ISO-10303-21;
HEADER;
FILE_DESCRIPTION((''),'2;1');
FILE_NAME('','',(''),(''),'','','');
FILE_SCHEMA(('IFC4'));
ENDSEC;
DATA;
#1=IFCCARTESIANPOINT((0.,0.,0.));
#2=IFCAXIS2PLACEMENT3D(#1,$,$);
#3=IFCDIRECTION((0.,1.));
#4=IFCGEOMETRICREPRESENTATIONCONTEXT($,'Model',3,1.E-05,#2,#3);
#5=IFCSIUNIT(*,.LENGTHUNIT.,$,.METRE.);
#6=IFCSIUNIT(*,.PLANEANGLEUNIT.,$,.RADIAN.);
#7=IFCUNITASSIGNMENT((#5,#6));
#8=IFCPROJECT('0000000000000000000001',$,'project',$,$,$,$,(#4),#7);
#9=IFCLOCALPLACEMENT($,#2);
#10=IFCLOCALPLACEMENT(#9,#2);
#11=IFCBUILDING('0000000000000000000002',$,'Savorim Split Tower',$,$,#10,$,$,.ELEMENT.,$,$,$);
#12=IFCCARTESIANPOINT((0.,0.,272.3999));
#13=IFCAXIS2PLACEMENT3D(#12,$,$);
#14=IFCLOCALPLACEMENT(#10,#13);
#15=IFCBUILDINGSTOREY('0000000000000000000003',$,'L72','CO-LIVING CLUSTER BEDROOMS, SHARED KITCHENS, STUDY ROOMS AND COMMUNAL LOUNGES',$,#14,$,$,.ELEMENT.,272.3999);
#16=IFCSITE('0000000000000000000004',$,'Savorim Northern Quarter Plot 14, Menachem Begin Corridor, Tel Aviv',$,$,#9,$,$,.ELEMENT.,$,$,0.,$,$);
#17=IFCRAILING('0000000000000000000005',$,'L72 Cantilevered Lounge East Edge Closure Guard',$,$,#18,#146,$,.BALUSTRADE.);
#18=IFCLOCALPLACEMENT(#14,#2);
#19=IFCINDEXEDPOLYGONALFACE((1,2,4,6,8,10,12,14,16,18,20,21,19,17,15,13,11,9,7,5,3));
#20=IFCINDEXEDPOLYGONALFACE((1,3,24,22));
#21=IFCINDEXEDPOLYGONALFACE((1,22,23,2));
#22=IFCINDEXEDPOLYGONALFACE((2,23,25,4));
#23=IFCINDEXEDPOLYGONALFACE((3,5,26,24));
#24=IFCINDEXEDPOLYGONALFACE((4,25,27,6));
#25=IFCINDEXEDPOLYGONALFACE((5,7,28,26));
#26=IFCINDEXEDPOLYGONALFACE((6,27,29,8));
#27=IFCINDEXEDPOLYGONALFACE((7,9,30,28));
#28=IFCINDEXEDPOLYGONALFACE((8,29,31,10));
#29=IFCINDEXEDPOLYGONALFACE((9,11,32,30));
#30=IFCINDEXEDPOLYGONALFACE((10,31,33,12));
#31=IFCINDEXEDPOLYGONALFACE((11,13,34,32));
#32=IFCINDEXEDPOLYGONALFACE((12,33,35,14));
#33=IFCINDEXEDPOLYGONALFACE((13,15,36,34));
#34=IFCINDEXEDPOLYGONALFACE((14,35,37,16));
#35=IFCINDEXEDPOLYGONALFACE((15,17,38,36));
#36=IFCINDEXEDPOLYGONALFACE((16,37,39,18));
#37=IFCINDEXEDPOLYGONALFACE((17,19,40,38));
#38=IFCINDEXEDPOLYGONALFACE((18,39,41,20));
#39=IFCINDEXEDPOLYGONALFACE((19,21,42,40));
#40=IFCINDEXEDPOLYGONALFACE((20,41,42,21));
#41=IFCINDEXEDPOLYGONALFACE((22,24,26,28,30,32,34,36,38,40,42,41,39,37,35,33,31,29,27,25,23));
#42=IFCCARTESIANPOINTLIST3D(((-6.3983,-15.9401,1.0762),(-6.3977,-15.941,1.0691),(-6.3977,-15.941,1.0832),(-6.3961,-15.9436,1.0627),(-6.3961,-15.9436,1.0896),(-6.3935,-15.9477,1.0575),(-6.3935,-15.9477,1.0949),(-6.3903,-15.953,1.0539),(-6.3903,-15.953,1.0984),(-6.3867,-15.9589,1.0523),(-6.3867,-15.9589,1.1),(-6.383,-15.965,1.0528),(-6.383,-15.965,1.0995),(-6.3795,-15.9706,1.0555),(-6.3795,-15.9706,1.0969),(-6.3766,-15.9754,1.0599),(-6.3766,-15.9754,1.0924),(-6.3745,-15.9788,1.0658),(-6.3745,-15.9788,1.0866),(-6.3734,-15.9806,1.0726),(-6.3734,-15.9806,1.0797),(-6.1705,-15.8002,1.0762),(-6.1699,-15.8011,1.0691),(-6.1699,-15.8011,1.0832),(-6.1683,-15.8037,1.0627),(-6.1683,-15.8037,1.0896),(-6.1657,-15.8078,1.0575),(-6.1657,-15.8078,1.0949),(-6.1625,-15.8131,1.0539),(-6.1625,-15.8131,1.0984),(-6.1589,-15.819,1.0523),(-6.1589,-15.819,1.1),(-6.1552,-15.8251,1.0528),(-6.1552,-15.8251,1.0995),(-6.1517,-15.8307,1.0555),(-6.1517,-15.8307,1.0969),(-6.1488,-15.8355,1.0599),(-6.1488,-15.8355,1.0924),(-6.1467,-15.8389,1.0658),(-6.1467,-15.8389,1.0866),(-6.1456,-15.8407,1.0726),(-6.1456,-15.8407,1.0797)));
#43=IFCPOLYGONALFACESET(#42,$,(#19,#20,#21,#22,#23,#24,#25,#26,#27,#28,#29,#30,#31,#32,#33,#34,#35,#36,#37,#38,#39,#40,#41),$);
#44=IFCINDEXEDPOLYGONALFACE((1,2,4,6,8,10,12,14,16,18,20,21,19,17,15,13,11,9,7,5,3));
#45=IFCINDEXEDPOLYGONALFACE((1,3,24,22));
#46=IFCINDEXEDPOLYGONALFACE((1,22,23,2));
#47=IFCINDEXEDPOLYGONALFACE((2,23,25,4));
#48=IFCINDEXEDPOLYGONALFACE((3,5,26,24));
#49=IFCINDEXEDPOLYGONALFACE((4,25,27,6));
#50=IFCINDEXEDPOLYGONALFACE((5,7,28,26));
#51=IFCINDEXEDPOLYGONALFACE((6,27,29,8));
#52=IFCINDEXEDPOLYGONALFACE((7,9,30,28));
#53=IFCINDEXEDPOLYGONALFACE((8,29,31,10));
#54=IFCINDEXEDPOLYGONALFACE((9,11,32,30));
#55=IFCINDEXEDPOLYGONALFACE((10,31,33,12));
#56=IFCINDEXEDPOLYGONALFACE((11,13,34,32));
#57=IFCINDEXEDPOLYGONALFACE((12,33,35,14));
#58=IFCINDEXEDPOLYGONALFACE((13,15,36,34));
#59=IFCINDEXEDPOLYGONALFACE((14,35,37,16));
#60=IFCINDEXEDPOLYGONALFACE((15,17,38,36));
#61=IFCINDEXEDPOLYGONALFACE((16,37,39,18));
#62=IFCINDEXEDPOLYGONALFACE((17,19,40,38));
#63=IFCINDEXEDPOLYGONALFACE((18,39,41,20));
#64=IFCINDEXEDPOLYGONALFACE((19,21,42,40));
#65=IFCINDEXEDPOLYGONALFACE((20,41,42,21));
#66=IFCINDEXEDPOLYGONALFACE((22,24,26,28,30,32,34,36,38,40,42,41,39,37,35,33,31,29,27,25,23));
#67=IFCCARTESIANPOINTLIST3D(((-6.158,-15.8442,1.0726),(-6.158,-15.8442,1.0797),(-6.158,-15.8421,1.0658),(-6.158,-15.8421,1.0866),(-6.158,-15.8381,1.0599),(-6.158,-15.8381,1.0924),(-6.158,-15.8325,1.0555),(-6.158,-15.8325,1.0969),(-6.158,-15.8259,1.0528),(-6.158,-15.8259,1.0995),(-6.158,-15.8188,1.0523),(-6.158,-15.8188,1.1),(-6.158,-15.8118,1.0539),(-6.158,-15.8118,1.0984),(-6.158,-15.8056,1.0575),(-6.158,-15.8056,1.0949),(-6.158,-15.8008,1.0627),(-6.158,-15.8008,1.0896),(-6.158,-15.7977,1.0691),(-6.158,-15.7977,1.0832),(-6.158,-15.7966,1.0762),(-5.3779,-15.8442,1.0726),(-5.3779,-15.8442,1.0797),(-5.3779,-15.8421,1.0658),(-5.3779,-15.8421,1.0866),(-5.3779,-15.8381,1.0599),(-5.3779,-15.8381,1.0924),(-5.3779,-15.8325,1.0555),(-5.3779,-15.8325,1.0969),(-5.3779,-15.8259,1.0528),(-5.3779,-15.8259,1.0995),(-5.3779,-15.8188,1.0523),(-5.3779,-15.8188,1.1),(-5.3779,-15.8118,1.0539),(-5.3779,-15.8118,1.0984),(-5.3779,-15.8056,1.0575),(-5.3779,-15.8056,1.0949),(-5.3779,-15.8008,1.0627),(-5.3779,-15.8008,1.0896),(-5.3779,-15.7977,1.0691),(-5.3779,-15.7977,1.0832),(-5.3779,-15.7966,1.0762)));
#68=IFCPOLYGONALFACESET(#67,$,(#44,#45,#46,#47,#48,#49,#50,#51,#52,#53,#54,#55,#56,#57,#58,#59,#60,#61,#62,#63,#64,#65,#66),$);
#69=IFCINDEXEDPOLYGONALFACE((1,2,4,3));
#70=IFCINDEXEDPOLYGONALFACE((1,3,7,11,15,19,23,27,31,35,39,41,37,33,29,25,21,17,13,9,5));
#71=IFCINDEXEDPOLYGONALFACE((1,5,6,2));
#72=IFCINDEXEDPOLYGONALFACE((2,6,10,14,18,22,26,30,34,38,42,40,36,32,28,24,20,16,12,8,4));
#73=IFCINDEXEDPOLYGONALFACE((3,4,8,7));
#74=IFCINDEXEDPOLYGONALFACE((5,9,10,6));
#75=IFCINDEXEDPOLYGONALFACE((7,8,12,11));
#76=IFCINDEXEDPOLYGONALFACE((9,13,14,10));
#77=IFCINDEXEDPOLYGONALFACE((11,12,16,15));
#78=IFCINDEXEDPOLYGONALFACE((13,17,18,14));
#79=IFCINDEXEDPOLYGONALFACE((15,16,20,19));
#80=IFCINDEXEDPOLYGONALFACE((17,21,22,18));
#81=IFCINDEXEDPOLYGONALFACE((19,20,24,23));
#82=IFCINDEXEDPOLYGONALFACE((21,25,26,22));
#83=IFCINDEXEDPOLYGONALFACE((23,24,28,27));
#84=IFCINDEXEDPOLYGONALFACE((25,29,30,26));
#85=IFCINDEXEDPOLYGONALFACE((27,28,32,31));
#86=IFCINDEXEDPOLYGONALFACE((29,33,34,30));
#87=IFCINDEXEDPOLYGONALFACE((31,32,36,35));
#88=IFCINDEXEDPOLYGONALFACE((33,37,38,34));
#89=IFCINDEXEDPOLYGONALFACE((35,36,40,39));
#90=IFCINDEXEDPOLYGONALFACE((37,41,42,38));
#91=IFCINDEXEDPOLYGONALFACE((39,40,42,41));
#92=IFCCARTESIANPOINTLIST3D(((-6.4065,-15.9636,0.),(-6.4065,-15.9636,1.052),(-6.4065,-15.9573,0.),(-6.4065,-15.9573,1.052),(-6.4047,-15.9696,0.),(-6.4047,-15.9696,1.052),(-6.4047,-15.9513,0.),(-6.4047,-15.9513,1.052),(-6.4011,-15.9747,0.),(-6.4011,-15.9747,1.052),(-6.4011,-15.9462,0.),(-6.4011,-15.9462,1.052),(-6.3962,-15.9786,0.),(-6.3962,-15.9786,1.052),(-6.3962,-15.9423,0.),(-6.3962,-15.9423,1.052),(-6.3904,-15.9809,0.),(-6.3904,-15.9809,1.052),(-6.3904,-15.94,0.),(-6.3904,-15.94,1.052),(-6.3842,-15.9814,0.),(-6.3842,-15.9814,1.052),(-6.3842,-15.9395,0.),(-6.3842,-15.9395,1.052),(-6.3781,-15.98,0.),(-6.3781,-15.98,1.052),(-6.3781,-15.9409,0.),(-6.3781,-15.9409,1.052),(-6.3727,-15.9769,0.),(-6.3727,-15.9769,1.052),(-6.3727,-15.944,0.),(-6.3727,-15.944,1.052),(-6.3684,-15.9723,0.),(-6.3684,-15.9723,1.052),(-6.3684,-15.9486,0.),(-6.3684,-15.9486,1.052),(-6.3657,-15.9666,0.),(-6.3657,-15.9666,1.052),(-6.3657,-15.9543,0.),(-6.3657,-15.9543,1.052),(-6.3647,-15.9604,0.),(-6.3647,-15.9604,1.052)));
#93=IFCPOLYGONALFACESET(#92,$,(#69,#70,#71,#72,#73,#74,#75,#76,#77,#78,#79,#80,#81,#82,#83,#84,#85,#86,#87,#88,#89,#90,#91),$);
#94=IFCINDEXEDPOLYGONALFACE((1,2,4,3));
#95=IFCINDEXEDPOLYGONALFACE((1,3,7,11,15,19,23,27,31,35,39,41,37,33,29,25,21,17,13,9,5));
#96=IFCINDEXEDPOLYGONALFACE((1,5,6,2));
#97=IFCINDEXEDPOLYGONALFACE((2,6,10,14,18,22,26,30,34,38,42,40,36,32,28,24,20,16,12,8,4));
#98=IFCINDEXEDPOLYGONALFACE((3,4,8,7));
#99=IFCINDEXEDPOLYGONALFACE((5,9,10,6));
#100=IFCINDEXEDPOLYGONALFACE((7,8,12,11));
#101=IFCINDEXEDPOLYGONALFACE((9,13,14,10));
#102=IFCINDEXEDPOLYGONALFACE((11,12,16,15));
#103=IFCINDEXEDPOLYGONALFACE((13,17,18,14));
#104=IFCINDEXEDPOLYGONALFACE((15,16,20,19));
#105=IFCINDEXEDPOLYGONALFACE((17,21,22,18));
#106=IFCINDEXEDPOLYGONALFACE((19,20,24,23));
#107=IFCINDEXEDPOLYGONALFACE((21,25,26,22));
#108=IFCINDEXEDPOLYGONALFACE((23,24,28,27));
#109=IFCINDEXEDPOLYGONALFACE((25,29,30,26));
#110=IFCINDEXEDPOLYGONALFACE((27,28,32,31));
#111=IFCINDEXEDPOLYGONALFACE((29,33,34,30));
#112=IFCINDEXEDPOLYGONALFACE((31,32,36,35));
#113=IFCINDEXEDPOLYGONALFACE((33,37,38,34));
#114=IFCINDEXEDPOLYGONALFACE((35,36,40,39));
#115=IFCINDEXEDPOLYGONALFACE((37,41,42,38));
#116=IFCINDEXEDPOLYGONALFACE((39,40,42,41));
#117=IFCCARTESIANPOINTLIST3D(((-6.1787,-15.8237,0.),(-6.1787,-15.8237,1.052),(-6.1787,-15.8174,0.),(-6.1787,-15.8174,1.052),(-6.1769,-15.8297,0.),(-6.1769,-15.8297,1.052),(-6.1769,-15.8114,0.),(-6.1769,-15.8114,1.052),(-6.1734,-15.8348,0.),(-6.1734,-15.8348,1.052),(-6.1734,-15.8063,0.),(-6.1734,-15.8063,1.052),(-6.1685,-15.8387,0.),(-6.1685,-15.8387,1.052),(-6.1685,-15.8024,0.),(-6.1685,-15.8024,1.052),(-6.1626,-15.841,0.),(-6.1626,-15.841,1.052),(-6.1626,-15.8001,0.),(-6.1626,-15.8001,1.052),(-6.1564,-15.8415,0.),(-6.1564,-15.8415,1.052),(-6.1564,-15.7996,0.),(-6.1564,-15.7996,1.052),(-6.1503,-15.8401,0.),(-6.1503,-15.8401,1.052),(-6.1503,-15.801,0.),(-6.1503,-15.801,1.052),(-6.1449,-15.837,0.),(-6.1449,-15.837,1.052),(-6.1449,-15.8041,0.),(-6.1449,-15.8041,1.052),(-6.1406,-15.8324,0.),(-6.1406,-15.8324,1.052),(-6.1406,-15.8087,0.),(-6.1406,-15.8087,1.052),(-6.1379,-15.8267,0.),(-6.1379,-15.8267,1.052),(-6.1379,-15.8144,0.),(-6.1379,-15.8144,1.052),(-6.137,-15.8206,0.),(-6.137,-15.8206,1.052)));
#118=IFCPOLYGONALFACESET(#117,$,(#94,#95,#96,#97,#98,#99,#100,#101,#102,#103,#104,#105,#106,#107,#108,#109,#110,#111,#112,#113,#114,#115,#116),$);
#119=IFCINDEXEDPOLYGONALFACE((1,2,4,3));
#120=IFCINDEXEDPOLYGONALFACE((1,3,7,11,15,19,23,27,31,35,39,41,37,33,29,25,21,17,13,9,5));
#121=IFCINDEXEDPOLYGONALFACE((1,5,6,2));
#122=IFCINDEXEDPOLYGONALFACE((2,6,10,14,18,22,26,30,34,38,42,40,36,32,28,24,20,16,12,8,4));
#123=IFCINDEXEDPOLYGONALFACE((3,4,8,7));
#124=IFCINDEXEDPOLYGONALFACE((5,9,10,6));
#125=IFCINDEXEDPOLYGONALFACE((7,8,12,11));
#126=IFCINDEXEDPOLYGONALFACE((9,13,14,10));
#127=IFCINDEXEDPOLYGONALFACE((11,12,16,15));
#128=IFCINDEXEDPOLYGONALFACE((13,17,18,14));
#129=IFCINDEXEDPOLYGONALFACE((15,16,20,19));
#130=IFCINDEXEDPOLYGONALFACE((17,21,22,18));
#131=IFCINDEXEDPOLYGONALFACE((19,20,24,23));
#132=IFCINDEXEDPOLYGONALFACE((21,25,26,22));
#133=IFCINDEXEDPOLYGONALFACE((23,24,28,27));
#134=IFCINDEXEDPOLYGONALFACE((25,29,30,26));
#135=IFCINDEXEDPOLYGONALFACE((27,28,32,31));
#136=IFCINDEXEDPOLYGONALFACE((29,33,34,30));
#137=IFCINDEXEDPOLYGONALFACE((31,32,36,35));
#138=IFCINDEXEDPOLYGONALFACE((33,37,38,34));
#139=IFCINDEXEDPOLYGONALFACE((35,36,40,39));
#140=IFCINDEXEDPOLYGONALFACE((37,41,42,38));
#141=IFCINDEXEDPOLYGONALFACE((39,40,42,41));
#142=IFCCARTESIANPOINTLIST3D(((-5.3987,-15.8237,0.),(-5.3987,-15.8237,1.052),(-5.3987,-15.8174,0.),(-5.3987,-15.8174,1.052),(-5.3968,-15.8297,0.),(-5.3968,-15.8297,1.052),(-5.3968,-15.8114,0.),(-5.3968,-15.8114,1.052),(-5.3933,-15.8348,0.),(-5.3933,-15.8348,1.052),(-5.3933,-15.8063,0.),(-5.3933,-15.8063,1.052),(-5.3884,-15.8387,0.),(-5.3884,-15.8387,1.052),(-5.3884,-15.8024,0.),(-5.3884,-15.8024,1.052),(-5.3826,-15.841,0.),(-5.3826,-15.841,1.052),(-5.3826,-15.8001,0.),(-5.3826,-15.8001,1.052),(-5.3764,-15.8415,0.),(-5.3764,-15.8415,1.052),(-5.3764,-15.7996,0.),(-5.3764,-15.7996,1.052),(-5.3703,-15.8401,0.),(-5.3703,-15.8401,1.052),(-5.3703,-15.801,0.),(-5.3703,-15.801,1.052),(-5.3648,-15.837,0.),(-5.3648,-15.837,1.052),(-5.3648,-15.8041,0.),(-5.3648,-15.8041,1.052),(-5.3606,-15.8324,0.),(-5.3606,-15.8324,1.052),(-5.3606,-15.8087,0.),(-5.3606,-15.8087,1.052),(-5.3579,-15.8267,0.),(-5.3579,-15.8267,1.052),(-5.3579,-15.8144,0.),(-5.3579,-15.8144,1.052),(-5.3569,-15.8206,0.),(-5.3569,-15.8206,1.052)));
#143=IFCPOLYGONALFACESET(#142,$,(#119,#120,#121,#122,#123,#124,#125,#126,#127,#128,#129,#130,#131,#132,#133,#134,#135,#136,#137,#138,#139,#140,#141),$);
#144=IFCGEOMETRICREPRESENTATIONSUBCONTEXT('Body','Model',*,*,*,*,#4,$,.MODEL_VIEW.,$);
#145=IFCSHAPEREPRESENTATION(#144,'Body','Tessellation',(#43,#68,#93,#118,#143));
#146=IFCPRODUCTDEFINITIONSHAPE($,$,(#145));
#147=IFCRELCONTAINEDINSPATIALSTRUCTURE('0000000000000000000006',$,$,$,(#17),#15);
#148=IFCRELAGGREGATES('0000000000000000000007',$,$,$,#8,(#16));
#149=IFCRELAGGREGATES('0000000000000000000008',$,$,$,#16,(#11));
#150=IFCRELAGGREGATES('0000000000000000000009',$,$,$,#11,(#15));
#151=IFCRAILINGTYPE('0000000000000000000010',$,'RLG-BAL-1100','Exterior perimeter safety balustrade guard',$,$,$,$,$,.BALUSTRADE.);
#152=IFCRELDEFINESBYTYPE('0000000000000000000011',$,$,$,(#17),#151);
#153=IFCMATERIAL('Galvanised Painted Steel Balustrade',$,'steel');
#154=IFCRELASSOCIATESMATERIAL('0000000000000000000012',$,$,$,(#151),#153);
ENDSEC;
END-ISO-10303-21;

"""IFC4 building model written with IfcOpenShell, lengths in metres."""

from ifc_helpers import new_model, si_unit, direction, frame, origin, origin_2d, place, context, subcontext, project, spatial, circle, extrude, material, type_object, element, save


model = new_model("IFC4")

# Units and contexts
model_context = context("Model", 3, precision=1e-05, world=origin(), true_north=direction((0.0, 1.0)))
body_context = subcontext(model_context, "Body", "Model", "MODEL_VIEW")
ifc_project = project(units=[si_unit("LENGTHUNIT", "METRE"), si_unit("PLANEANGLEUNIT", "RADIAN")], contexts=[model_context])

# Site, building, storey
site_placement = place(None, origin())
site = spatial("IfcSite", under=ifc_project, at=site_placement, Name="Savorim Northern Quarter Plot 14, Menachem Begin Corridor, Tel Aviv", CompositionType="ELEMENT", RefElevation=0.0)
building_placement = place(site_placement, origin())
building = spatial("IfcBuilding", under=site, at=building_placement, Name="Savorim Split Tower", CompositionType="ELEMENT")
storey_placement = place(building_placement, frame((0.0, 0.0, 272.3999)))
storey = spatial("IfcBuildingStorey", under=building, at=storey_placement, Name="L72", Description="CO-LIVING CLUSTER BEDROOMS, SHARED KITCHENS, STUDY ROOMS AND COMMUNAL LOUNGES", CompositionType="ELEMENT", Elevation=272.3999)

# Railing
ifc_material_1 = material(Name="Galvanised Painted Steel Balustrade", Category="steel")
railing_type_1 = type_object("IfcRailingType", Name="RLG-BAL-1100", Description="Exterior perimeter safety balustrade guard", PredefinedType="BALUSTRADE", material=ifc_material_1)
railing_1_placement = place(storey_placement, frame((-6.3857, -15.9604, 0.0)))
element("IfcRailing", 1, at=railing_1_placement, inside=storey, type_object=railing_type_1, Name="L72 Cantilevered Lounge East Edge Closure Guard", PredefinedType="BALUSTRADE", context=body_context, shape_type="SweptSolid", body=[
    extrude(circle(Radius=0.0239, at=origin_2d()), frame((0.0, 0.0, 1.0762), z_axis=(0.852128, 0.523333, 0.0), x_axis=(-0.523333, 0.852128, 0.0)), (0.0, 0.0, 1.0), 0.2673),
    extrude(circle(Radius=0.0239, at=origin_2d()), frame((0.2278, 0.1399, 1.0762), z_axis=(1.0, 0.0, 0.0), x_axis=(0.0, 1.0, 0.0)), (0.0, 0.0, 1.0), 0.78),
    extrude(circle(Radius=0.021, at=origin_2d()), origin(), (0.0, 0.0, 1.0), 1.052),
    extrude(circle(Radius=0.021, at=origin_2d()), frame((0.2278, 0.1399, 0.0)), (0.0, 0.0, 1.0), 1.052),
    extrude(circle(Radius=0.021, at=origin_2d()), frame((1.0078, 0.1399, 0.0)), (0.0, 0.0, 1.0), 1.052),
])

save(model, "model.ifc")
